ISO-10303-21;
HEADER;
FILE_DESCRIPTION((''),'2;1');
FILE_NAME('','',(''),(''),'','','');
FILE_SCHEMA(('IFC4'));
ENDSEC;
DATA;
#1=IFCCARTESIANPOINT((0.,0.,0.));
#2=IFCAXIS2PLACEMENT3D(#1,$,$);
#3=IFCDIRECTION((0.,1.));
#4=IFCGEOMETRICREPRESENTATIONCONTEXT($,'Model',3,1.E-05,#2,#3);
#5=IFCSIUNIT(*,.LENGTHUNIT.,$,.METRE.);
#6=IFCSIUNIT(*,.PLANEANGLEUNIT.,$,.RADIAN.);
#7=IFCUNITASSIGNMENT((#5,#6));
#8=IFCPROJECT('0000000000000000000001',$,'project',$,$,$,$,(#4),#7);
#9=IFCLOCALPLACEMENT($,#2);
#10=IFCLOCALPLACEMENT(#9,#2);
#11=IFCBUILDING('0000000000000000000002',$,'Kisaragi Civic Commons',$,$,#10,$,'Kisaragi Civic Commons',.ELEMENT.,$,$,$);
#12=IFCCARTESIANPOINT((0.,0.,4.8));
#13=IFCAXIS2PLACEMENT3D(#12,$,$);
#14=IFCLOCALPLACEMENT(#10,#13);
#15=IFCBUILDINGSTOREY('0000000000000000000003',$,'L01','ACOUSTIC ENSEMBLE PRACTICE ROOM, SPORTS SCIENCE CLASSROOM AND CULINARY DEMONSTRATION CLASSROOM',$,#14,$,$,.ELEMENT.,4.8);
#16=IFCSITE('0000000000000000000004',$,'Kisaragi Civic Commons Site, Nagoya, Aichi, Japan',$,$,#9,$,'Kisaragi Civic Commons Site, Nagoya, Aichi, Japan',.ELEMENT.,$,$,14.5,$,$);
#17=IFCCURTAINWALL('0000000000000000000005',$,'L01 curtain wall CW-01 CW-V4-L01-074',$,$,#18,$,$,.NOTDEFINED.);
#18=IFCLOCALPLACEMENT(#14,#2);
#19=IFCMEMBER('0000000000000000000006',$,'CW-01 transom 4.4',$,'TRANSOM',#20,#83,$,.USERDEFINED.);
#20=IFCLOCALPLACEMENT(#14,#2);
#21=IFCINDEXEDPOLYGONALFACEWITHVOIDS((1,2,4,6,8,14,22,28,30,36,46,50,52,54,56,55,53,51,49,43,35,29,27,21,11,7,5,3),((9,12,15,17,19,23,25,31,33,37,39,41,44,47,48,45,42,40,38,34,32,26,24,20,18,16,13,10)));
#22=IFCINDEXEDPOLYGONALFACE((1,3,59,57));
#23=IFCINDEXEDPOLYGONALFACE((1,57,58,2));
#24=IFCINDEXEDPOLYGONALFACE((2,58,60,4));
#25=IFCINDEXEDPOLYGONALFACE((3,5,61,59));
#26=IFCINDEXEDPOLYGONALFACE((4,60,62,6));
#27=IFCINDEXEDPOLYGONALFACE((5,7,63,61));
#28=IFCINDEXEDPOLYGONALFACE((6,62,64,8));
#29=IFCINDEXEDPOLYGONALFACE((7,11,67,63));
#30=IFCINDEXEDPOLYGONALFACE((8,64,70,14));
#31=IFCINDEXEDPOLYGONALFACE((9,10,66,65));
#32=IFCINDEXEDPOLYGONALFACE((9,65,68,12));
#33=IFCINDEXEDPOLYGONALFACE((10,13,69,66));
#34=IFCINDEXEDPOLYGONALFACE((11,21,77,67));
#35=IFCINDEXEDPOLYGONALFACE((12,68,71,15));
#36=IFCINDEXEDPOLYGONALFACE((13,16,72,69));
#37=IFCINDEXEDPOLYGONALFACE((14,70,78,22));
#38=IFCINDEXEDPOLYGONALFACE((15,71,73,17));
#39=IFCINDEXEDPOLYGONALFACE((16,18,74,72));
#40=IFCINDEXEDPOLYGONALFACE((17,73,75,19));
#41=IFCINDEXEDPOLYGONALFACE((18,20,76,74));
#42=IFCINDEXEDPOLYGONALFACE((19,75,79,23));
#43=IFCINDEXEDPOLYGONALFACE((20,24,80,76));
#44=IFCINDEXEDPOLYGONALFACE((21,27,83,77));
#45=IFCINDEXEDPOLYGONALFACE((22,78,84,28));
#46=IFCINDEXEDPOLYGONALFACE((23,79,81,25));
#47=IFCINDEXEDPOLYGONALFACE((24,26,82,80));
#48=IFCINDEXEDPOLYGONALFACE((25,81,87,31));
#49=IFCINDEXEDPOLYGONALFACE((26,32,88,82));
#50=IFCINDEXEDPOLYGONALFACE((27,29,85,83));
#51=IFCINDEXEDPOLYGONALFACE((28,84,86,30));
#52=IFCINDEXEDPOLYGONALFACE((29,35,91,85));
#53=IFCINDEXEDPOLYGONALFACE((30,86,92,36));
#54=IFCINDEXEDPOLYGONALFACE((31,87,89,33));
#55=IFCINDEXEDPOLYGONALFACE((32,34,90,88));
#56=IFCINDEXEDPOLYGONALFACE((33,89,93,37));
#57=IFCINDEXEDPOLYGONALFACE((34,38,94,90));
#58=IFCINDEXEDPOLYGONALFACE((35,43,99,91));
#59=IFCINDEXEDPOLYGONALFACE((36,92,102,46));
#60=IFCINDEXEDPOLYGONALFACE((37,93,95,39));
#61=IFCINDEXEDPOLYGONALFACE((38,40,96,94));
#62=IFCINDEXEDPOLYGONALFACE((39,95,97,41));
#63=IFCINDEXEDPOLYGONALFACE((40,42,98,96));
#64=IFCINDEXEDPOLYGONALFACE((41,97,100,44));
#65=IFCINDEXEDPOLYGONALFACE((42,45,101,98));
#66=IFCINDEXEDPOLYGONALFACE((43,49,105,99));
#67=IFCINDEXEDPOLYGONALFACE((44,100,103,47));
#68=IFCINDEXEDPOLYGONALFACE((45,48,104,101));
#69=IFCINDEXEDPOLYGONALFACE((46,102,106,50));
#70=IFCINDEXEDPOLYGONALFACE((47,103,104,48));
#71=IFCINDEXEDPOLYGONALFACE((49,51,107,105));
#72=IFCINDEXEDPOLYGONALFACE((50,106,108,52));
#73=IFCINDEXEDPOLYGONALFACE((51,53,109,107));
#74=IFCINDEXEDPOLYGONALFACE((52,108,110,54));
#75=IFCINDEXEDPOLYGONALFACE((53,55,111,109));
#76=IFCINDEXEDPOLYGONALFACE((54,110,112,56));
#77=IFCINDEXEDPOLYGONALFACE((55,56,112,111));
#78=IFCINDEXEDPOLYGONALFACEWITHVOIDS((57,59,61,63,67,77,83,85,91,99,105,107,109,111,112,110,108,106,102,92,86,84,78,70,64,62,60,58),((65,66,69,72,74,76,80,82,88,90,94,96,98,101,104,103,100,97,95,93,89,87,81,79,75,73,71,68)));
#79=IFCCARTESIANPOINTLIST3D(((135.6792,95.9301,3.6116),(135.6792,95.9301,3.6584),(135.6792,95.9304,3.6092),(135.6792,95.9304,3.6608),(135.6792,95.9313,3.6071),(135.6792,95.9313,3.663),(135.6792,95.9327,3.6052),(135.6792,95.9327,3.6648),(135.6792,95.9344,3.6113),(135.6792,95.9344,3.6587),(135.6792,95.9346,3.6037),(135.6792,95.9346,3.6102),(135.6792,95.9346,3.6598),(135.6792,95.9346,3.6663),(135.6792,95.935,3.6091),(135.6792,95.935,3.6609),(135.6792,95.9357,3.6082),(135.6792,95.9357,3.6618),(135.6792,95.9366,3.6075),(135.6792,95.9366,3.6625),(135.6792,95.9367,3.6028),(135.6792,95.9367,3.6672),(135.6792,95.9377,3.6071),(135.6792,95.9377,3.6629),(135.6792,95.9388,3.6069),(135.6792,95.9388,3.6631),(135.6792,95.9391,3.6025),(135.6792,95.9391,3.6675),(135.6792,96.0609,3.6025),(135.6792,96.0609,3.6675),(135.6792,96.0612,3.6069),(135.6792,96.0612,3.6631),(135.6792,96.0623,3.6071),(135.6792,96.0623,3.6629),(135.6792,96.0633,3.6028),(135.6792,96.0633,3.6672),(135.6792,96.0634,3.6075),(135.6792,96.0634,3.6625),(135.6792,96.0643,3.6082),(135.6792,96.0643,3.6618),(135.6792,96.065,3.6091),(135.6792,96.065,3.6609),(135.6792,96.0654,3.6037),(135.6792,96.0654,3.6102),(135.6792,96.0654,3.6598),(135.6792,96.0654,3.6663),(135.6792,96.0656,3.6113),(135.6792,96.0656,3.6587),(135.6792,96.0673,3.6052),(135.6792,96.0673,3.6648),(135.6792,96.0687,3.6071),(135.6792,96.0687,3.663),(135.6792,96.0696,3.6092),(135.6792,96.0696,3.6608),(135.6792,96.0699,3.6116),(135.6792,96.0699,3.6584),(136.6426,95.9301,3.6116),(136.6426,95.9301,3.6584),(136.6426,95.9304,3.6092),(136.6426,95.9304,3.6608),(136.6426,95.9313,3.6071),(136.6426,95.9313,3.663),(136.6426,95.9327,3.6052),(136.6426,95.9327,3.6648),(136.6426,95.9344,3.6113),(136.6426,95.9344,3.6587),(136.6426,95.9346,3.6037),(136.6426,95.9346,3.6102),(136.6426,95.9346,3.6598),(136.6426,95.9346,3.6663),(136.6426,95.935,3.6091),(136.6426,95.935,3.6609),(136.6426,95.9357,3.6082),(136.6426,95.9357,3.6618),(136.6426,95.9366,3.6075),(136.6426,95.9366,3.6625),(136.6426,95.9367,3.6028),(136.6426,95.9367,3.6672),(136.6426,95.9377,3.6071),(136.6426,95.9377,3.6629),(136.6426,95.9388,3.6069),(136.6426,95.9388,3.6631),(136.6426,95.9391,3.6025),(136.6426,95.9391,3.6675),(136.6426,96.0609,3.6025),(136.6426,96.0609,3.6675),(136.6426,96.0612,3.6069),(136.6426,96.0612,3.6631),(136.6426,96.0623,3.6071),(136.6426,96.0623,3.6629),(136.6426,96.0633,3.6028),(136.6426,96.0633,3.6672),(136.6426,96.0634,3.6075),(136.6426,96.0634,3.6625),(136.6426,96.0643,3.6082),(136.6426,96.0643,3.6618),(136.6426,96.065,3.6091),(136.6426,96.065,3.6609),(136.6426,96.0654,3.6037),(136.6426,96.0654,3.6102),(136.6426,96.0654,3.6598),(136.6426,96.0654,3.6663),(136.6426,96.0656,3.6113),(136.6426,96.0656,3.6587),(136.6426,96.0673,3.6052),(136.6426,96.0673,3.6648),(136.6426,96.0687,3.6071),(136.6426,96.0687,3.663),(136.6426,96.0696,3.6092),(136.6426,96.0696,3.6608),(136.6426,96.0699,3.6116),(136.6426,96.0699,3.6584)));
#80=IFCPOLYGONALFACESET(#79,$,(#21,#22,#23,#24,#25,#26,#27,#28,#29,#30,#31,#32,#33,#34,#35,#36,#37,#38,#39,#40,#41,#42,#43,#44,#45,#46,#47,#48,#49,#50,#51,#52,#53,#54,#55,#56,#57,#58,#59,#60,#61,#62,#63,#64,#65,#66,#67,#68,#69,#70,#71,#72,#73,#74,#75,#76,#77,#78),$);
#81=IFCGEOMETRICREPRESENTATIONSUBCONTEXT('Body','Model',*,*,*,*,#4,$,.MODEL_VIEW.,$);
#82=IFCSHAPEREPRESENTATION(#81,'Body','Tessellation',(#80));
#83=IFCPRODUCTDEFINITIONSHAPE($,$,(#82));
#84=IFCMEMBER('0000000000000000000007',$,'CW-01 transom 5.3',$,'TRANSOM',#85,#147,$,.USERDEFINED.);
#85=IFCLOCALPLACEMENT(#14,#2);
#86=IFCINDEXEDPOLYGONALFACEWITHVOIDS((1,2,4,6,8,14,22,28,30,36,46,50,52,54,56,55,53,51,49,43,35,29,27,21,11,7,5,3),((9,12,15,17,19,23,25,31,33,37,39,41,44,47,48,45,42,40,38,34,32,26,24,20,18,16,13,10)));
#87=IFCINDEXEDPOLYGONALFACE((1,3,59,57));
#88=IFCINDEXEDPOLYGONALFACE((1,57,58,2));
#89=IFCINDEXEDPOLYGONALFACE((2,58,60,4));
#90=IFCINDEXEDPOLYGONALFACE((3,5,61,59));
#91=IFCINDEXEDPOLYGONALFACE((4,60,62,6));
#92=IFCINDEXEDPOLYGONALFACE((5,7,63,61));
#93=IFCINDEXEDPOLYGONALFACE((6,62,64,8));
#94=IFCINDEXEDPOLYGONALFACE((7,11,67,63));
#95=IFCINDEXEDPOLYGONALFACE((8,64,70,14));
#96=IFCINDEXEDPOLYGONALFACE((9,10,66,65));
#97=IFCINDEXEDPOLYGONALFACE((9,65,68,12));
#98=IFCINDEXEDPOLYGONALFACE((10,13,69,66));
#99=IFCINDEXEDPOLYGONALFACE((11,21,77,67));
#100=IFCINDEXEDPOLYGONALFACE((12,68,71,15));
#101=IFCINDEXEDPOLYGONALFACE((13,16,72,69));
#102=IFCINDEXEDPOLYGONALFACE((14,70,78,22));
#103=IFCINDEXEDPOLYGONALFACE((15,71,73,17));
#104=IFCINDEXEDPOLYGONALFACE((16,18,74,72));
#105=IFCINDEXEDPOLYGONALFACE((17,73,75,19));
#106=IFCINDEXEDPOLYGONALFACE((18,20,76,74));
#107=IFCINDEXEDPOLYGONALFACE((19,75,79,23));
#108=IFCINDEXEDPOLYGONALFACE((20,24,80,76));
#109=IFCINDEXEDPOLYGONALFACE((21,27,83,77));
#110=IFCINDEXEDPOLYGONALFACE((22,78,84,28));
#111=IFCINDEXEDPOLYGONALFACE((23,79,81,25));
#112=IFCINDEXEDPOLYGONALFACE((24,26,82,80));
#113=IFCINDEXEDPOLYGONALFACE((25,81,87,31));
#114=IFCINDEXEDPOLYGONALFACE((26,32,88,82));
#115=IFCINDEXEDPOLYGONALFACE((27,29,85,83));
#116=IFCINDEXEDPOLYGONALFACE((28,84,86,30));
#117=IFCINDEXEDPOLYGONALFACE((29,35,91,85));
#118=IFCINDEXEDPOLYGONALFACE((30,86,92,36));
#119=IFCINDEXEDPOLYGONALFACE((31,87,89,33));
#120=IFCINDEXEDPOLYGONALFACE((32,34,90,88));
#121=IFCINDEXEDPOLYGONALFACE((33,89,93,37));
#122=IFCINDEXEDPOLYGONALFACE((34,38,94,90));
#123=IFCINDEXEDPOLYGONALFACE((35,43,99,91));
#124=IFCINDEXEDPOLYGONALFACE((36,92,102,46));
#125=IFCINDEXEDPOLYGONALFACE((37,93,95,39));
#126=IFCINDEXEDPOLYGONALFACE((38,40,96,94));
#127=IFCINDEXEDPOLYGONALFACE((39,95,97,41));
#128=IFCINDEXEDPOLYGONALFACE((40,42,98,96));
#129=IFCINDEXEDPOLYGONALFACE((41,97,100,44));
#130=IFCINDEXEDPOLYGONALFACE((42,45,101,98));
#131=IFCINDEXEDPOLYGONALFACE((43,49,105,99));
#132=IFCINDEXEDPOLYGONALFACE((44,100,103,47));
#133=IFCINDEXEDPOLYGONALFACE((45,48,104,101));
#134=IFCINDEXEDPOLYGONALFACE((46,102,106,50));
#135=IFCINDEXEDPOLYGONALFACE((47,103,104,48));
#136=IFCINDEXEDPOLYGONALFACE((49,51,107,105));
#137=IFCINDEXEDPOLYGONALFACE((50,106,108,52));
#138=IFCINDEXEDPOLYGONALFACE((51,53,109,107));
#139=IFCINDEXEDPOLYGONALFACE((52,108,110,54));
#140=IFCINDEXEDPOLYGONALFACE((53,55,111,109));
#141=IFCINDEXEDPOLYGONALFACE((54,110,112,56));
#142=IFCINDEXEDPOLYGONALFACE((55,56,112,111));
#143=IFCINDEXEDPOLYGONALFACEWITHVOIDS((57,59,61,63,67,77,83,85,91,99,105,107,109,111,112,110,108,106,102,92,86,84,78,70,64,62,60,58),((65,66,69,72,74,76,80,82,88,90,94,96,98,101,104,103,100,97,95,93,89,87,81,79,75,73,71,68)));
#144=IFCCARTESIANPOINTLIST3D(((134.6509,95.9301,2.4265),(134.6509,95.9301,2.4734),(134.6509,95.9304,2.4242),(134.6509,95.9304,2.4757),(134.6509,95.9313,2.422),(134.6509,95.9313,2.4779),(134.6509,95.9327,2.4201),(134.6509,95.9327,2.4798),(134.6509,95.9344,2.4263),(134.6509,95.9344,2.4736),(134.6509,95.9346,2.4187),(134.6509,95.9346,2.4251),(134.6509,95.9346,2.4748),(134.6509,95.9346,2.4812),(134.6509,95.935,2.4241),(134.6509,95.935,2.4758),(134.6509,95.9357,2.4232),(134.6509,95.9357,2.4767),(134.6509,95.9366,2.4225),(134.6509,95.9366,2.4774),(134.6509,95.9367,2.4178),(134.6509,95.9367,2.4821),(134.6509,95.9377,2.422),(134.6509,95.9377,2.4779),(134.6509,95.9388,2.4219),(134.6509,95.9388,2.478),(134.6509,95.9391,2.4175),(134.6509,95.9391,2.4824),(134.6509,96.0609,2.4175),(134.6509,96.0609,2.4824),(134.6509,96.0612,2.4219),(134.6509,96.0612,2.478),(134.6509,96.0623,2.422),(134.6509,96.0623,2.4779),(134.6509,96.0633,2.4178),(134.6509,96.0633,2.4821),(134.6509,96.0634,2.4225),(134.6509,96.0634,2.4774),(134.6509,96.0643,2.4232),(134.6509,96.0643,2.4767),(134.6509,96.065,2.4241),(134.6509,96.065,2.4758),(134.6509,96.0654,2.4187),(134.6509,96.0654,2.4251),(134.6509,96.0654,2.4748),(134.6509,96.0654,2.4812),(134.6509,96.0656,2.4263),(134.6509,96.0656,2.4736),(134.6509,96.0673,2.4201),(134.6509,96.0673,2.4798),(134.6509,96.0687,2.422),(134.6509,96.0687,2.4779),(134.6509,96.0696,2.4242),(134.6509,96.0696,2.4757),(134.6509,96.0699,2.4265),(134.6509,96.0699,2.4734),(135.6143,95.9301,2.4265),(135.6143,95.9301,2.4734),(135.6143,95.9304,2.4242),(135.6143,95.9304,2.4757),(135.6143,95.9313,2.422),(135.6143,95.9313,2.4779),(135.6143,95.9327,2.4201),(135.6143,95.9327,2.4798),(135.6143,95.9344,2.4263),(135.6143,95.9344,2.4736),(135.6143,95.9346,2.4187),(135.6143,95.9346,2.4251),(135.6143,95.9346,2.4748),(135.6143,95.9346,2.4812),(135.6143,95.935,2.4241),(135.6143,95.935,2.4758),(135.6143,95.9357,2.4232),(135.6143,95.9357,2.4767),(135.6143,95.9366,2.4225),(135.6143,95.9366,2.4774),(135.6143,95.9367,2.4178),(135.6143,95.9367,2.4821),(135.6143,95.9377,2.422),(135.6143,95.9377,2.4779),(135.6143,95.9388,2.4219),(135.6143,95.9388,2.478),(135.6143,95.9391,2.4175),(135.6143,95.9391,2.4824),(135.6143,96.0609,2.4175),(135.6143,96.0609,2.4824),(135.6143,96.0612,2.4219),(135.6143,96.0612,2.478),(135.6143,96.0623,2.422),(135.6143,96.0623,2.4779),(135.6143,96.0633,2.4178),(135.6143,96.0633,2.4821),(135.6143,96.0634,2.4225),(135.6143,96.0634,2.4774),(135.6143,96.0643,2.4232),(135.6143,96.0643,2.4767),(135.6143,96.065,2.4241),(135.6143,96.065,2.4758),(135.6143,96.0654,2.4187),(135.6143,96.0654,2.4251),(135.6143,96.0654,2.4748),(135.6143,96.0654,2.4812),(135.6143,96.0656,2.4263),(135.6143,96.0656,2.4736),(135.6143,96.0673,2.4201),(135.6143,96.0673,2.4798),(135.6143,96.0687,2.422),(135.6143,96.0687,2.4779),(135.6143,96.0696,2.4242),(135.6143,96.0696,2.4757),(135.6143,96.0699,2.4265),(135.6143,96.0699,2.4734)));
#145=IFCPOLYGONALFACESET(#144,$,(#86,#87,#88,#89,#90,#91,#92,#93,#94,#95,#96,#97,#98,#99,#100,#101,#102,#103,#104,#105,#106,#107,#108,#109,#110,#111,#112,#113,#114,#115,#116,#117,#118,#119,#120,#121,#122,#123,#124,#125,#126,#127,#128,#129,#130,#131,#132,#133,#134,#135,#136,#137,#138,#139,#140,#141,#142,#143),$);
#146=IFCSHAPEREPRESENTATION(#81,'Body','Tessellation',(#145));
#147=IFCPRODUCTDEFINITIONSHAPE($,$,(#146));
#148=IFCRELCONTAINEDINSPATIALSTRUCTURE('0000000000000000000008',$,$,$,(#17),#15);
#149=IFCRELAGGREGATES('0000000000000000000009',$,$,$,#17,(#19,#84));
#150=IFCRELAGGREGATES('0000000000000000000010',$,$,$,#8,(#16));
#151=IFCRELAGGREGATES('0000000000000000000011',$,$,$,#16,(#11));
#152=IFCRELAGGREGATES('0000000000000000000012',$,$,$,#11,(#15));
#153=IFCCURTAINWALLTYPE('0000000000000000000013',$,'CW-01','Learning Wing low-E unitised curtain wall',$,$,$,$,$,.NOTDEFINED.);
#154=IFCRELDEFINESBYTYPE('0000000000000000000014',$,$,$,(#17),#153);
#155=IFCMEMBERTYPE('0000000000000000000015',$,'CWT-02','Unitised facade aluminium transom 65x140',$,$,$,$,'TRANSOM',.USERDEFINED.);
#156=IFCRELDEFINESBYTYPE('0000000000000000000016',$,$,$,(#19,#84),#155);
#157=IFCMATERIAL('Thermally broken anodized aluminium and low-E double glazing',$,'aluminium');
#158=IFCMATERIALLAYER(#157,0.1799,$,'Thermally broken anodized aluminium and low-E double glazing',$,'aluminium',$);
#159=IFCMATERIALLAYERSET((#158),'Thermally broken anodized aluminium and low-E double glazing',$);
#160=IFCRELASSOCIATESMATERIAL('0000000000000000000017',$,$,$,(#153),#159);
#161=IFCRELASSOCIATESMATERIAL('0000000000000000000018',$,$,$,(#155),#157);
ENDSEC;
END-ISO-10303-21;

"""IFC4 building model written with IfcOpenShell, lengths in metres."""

from ifc_helpers import new_model, si_unit, direction, frame, origin, origin_2d, place, context, subcontext, project, spatial, hollow_rectangle, extrude, material, layer, layer_set, material_profile, profile_set, type_object, element, aggregate, save


model = new_model("IFC4")

# Units and contexts
model_context = context("Model", 3, precision=1e-05, world=origin(), true_north=direction((0.0, 1.0)))
body_context = subcontext(model_context, "Body", "Model", "MODEL_VIEW")
ifc_project = project(units=[si_unit("LENGTHUNIT", "METRE"), si_unit("PLANEANGLEUNIT", "RADIAN")], contexts=[model_context])

# Site, building, storey
site_placement = place(None, origin())
site = spatial("IfcSite", under=ifc_project, at=site_placement, Name="Kisaragi Civic Commons Site, Nagoya, Aichi, Japan", LongName="Kisaragi Civic Commons Site, Nagoya, Aichi, Japan", CompositionType="ELEMENT", RefElevation=14.5)
building_placement = place(site_placement, origin())
building = spatial("IfcBuilding", under=site, at=building_placement, Name="Kisaragi Civic Commons", LongName="Kisaragi Civic Commons", CompositionType="ELEMENT")
storey_placement = place(building_placement, frame((0.0, 0.0, 4.8)))
storey = spatial("IfcBuildingStorey", under=building, at=storey_placement, Name="L01", Description="ACOUSTIC ENSEMBLE PRACTICE ROOM, SPORTS SCIENCE CLASSROOM AND CULINARY DEMONSTRATION CLASSROOM", CompositionType="ELEMENT", Elevation=4.8)

# Curtain wall, members
ifc_material = material(Name="Thermally broken anodized aluminium and low-E double glazing", Category="aluminium")
ifc_layer_1 = layer(ifc_material, 0.1799, Name="Thermally broken anodized aluminium and low-E double glazing", Category="aluminium")
ifc_layer_set_1 = layer_set([ifc_layer_1], Name="Thermally broken anodized aluminium and low-E double glazing")
curtain_wall_type = type_object("IfcCurtainWallType", Name="CW-01", Description="Learning Wing low-E unitised curtain wall", PredefinedType="NOTDEFINED", material=ifc_layer_set_1)
curtain_wall_placement = place(storey_placement, origin())
curtain_wall = element("IfcCurtainWall", 1, at=curtain_wall_placement, inside=storey, type_object=curtain_wall_type, Name="L01 curtain wall CW-01 CW-V4-L01-074", PredefinedType="NOTDEFINED")
ifc_material_profile_1 = material_profile(ifc_material, hollow_rectangle(XDim=0.1399, YDim=0.0649, WallThickness=0.0044, InnerFilletRadius=0.0044, OuterFilletRadius=0.009, at=origin_2d()), Name="CWT-65x140x4.5", Category="aluminium")
ifc_profile_set_1 = profile_set([ifc_material_profile_1], Name="Thermally broken anodized aluminium and low-E double glazing")
member_type_1 = type_object("IfcMemberType", Name="CWT-02", Description="Unitised facade aluminium transom 65x140", ElementType="TRANSOM", PredefinedType="USERDEFINED", material=ifc_profile_set_1)
member_1_placement = place(storey_placement, frame((136.6426, 96.0, 3.635), z_axis=(-1.0, 0.0, 0.0), x_axis=(0.0, -1.0, 0.0)))
member_1 = element("IfcMember", 2, at=member_1_placement, type_object=member_type_1, Name="CW-01 transom 4.4", ObjectType="TRANSOM", PredefinedType="USERDEFINED", context=body_context, shape_type="SweptSolid", body=[
    extrude(hollow_rectangle(XDim=0.1399, YDim=0.0649, WallThickness=0.0044, InnerFilletRadius=0.0044, OuterFilletRadius=0.009, at=origin_2d()), origin(), (0.0, 0.0, 1.0), 0.9634),
])
member_2_placement = place(storey_placement, frame((135.6143, 96.0, 2.45), z_axis=(-1.0, 0.0, 0.0), x_axis=(0.0, -1.0, 0.0)))
member_2 = element("IfcMember", 3, at=member_2_placement, type_object=member_type_1, Name="CW-01 transom 5.3", ObjectType="TRANSOM", PredefinedType="USERDEFINED", context=body_context, shape_type="SweptSolid", body=[
    extrude(hollow_rectangle(XDim=0.1399, YDim=0.0649, WallThickness=0.0044, InnerFilletRadius=0.0044, OuterFilletRadius=0.009, at=origin_2d()), origin(), (0.0, 0.0, 1.0), 0.9634),
])
aggregate(curtain_wall, [member_1, member_2])

save(model, "model.ifc")
